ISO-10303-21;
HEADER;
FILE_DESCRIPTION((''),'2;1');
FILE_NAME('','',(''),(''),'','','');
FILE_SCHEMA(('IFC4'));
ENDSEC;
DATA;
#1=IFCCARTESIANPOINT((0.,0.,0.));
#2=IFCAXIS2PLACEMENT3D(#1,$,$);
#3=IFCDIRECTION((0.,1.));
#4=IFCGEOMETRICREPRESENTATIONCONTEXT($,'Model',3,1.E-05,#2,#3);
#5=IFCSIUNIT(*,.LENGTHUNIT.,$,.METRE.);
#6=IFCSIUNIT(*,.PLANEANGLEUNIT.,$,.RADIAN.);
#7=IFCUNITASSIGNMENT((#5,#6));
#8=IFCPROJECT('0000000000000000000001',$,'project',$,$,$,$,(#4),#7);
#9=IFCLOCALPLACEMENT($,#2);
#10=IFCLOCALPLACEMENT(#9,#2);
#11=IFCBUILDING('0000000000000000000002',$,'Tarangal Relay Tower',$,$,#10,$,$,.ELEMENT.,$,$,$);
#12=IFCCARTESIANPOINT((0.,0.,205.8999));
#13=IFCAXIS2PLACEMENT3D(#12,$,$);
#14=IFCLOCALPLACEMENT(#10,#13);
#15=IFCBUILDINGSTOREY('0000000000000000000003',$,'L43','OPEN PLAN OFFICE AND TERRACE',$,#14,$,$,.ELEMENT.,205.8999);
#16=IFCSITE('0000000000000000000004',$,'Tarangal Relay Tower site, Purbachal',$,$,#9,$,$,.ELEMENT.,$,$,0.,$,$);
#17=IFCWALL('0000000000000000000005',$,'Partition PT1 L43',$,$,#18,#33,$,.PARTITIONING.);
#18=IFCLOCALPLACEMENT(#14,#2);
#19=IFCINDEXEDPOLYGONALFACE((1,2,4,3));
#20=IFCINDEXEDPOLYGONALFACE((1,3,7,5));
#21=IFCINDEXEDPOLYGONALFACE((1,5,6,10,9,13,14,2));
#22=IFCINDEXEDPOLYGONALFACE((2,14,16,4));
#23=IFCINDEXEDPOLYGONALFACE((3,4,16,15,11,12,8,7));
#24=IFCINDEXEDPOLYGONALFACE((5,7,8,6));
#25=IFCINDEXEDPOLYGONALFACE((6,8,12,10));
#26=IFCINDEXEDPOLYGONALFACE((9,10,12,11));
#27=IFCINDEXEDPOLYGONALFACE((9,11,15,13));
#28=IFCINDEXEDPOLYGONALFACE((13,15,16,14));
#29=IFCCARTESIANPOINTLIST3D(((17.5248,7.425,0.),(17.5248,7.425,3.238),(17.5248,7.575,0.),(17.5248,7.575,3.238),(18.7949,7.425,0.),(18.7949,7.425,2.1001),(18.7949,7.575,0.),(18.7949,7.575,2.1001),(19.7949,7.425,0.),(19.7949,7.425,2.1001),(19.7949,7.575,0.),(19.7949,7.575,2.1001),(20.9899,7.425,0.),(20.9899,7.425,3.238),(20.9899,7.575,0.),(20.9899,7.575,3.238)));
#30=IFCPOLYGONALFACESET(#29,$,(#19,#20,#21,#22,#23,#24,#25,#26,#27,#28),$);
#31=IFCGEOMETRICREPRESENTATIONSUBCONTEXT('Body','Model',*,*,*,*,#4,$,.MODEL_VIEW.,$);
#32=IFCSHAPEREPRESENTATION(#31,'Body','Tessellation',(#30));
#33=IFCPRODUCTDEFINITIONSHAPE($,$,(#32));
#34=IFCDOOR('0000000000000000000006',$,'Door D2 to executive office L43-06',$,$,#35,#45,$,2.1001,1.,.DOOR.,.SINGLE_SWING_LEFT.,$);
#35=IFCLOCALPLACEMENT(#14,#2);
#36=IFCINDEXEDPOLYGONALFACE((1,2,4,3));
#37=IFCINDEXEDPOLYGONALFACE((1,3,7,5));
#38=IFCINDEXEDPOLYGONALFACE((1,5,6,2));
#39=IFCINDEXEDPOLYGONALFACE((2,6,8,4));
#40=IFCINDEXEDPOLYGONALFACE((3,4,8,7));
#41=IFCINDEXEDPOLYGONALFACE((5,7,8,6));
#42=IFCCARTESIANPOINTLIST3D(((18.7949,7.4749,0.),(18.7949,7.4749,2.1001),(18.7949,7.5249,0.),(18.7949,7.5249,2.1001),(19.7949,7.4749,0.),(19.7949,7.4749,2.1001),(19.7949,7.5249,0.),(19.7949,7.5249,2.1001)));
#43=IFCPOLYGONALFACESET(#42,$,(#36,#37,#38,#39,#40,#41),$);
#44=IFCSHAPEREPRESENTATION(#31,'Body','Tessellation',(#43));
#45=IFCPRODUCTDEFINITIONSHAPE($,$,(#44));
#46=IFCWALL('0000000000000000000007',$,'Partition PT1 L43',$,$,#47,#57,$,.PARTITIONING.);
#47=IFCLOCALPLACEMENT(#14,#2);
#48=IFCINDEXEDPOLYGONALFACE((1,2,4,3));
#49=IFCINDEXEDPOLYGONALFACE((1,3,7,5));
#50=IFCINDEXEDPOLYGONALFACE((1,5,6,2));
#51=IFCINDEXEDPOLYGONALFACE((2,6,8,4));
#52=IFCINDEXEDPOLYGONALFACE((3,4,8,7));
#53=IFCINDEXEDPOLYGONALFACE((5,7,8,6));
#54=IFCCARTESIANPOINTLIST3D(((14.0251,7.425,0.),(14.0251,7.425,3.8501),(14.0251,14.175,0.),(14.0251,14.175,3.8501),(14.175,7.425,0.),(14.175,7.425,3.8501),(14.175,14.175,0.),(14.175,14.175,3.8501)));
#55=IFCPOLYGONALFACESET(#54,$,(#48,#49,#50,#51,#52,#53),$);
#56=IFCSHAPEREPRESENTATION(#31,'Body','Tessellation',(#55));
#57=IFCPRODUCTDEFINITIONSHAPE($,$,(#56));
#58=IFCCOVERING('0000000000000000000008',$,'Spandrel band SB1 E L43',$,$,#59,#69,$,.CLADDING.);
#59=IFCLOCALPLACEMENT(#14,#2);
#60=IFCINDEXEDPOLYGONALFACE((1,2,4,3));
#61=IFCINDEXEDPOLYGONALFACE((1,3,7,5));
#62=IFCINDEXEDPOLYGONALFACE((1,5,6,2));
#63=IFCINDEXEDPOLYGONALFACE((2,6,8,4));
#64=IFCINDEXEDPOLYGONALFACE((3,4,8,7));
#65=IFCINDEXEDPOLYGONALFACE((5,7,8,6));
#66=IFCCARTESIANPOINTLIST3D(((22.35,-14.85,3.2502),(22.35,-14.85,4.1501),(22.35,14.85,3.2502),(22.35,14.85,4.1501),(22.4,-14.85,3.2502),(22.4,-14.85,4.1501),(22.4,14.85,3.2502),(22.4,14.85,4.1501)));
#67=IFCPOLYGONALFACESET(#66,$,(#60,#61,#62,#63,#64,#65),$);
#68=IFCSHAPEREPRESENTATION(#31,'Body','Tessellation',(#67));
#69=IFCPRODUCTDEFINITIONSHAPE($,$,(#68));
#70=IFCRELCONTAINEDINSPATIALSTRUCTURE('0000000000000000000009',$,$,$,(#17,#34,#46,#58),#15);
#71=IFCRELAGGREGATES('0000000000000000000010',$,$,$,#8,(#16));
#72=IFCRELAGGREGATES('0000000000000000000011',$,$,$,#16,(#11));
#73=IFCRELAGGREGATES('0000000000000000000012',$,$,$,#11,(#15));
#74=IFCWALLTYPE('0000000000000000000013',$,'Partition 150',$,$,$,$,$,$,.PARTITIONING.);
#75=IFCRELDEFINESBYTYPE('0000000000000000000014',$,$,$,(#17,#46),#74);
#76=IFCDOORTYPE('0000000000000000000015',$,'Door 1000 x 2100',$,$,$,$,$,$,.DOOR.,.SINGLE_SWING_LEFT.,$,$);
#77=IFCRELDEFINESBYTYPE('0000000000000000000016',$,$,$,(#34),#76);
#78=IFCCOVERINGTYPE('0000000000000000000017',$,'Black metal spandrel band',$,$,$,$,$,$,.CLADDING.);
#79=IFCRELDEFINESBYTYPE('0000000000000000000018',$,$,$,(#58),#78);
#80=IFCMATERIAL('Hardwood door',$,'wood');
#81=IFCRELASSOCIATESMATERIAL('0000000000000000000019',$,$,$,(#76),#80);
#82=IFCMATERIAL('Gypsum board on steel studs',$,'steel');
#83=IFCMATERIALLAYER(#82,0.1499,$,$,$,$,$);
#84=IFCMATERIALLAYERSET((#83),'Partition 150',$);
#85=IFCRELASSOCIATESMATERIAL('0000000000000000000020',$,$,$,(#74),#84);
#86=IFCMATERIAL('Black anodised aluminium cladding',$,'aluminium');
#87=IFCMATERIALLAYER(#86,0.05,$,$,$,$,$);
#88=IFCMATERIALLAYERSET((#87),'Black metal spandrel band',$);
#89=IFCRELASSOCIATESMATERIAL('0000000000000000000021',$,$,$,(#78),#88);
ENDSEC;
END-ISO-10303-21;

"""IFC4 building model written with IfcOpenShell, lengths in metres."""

from ifc_helpers import new_model, si_unit, direction, frame, frame_2d, origin, origin_2d, place, context, subcontext, project, spatial, rectangle, extrude, material, layer, layer_set, type_object, element, fill, save


model = new_model("IFC4")

# Units and contexts
model_context = context("Model", 3, precision=1e-05, world=origin(), true_north=direction((0.0, 1.0)))
body_context = subcontext(model_context, "Body", "Model", "MODEL_VIEW")
ifc_project = project(units=[si_unit("LENGTHUNIT", "METRE"), si_unit("PLANEANGLEUNIT", "RADIAN")], contexts=[model_context])

# Site, building, storey
site_placement = place(None, origin())
site = spatial("IfcSite", under=ifc_project, at=site_placement, Name="Tarangal Relay Tower site, Purbachal", CompositionType="ELEMENT", RefElevation=0.0)
building_placement = place(site_placement, origin())
building = spatial("IfcBuilding", under=site, at=building_placement, Name="Tarangal Relay Tower", CompositionType="ELEMENT")
storey_placement = place(building_placement, frame((0.0, 0.0, 205.8999)))
storey = spatial("IfcBuildingStorey", under=building, at=storey_placement, Name="L43", Description="OPEN PLAN OFFICE AND TERRACE", CompositionType="ELEMENT", Elevation=205.8999)

# Shared definitions
ifc_material_1 = material(Name="Hardwood door", Category="wood")
door_type = type_object("IfcDoorType", Name="Door 1000 x 2100", OperationType="SINGLE_SWING_LEFT", PredefinedType="DOOR", material=ifc_material_1)

# Wall, opening, door
ifc_material_2 = material(Name="Gypsum board on steel studs", Category="steel")
ifc_layer_1 = layer(ifc_material_2, 0.1499)
ifc_layer_set_1 = layer_set([ifc_layer_1], Name="Partition 150")
wall_type_1 = type_object("IfcWallType", Name="Partition 150", PredefinedType="PARTITIONING", material=ifc_layer_set_1)
wall_1_placement = place(storey_placement, frame((17.5249, 7.5, 0.0), z_axis=(0.0, 0.0, 1.0), x_axis=(1.0, 0.0, 0.0)))
wall_1 = element("IfcWall", 1, at=wall_1_placement, inside=storey, type_object=wall_type_1, Name="Partition PT1 L43", PredefinedType="PARTITIONING", context=body_context, shape_type="SweptSolid", body=[
    extrude(rectangle(XDim=3.4651, YDim=0.1499, at=frame_2d((1.7324, 0.0))), origin(), (0.0, 0.0, 1.0), 3.238),
])
opening_1_placement = place(wall_1_placement, frame((1.27, 0.0, 0.0)))
opening_1 = element("IfcOpeningElement", 2, at=opening_1_placement, cuts=wall_1, PredefinedType="OPENING", context=body_context, shape_type="SweptSolid", body=[
    extrude(rectangle(XDim=1.0, YDim=2.1001, at=frame_2d((0.5, 1.05))), frame((0.0, 0.085, 0.0), z_axis=(0.0, -1.0, 0.0), x_axis=(1.0, 0.0, 0.0)), (0.0, 0.0, 1.0), 0.1699),
])
door_1_placement = place(opening_1_placement, origin())
door_1 = element("IfcDoor", 3, at=door_1_placement, inside=storey, type_object=door_type, Name="Door D2 to executive office L43-06", OperationType="SINGLE_SWING_LEFT", OverallHeight=2.1001, OverallWidth=1.0, PredefinedType="DOOR", context=body_context, shape_type="SweptSolid", body=[
    extrude(rectangle(XDim=1.0, YDim=2.1001, at=frame_2d((0.5, 1.05))), frame((0.0, 0.0249, 0.0), z_axis=(0.0, -1.0, 0.0), x_axis=(1.0, 0.0, 0.0)), (0.0, 0.0, 1.0), 0.05),
])
fill(opening_1, door_1)

# Wall
wall_2_placement = place(storey_placement, frame((14.1001, 7.425, 0.0), z_axis=(0.0, 0.0, 1.0), x_axis=(0.0, 1.0, 0.0)))
element("IfcWall", 4, at=wall_2_placement, inside=storey, type_object=wall_type_1, Name="Partition PT1 L43", PredefinedType="PARTITIONING", context=body_context, shape_type="SweptSolid", body=[
    extrude(rectangle(XDim=6.75, YDim=0.1499, at=frame_2d((3.375, 0.0))), origin(), (0.0, 0.0, 1.0), 3.8501),
])

# Covering
ifc_material_3 = material(Name="Black anodised aluminium cladding", Category="aluminium")
ifc_layer_2 = layer(ifc_material_3, 0.05)
ifc_layer_set_2 = layer_set([ifc_layer_2], Name="Black metal spandrel band")
covering_type = type_object("IfcCoveringType", Name="Black metal spandrel band", PredefinedType="CLADDING", material=ifc_layer_set_2)
covering_placement = place(storey_placement, frame((22.375, 0.0, 3.2502), z_axis=(0.0, 0.0, 1.0), x_axis=(0.0, -1.0, 0.0)))
element("IfcCovering", 5, at=covering_placement, inside=storey, type_object=covering_type, Name="Spandrel band SB1 E L43", PredefinedType="CLADDING", context=body_context, shape_type="SweptSolid", body=[
    extrude(rectangle(XDim=29.7, YDim=0.05, at=origin_2d()), origin(), (0.0, 0.0, 1.0), 0.8999),
])

save(model, "model.ifc")
